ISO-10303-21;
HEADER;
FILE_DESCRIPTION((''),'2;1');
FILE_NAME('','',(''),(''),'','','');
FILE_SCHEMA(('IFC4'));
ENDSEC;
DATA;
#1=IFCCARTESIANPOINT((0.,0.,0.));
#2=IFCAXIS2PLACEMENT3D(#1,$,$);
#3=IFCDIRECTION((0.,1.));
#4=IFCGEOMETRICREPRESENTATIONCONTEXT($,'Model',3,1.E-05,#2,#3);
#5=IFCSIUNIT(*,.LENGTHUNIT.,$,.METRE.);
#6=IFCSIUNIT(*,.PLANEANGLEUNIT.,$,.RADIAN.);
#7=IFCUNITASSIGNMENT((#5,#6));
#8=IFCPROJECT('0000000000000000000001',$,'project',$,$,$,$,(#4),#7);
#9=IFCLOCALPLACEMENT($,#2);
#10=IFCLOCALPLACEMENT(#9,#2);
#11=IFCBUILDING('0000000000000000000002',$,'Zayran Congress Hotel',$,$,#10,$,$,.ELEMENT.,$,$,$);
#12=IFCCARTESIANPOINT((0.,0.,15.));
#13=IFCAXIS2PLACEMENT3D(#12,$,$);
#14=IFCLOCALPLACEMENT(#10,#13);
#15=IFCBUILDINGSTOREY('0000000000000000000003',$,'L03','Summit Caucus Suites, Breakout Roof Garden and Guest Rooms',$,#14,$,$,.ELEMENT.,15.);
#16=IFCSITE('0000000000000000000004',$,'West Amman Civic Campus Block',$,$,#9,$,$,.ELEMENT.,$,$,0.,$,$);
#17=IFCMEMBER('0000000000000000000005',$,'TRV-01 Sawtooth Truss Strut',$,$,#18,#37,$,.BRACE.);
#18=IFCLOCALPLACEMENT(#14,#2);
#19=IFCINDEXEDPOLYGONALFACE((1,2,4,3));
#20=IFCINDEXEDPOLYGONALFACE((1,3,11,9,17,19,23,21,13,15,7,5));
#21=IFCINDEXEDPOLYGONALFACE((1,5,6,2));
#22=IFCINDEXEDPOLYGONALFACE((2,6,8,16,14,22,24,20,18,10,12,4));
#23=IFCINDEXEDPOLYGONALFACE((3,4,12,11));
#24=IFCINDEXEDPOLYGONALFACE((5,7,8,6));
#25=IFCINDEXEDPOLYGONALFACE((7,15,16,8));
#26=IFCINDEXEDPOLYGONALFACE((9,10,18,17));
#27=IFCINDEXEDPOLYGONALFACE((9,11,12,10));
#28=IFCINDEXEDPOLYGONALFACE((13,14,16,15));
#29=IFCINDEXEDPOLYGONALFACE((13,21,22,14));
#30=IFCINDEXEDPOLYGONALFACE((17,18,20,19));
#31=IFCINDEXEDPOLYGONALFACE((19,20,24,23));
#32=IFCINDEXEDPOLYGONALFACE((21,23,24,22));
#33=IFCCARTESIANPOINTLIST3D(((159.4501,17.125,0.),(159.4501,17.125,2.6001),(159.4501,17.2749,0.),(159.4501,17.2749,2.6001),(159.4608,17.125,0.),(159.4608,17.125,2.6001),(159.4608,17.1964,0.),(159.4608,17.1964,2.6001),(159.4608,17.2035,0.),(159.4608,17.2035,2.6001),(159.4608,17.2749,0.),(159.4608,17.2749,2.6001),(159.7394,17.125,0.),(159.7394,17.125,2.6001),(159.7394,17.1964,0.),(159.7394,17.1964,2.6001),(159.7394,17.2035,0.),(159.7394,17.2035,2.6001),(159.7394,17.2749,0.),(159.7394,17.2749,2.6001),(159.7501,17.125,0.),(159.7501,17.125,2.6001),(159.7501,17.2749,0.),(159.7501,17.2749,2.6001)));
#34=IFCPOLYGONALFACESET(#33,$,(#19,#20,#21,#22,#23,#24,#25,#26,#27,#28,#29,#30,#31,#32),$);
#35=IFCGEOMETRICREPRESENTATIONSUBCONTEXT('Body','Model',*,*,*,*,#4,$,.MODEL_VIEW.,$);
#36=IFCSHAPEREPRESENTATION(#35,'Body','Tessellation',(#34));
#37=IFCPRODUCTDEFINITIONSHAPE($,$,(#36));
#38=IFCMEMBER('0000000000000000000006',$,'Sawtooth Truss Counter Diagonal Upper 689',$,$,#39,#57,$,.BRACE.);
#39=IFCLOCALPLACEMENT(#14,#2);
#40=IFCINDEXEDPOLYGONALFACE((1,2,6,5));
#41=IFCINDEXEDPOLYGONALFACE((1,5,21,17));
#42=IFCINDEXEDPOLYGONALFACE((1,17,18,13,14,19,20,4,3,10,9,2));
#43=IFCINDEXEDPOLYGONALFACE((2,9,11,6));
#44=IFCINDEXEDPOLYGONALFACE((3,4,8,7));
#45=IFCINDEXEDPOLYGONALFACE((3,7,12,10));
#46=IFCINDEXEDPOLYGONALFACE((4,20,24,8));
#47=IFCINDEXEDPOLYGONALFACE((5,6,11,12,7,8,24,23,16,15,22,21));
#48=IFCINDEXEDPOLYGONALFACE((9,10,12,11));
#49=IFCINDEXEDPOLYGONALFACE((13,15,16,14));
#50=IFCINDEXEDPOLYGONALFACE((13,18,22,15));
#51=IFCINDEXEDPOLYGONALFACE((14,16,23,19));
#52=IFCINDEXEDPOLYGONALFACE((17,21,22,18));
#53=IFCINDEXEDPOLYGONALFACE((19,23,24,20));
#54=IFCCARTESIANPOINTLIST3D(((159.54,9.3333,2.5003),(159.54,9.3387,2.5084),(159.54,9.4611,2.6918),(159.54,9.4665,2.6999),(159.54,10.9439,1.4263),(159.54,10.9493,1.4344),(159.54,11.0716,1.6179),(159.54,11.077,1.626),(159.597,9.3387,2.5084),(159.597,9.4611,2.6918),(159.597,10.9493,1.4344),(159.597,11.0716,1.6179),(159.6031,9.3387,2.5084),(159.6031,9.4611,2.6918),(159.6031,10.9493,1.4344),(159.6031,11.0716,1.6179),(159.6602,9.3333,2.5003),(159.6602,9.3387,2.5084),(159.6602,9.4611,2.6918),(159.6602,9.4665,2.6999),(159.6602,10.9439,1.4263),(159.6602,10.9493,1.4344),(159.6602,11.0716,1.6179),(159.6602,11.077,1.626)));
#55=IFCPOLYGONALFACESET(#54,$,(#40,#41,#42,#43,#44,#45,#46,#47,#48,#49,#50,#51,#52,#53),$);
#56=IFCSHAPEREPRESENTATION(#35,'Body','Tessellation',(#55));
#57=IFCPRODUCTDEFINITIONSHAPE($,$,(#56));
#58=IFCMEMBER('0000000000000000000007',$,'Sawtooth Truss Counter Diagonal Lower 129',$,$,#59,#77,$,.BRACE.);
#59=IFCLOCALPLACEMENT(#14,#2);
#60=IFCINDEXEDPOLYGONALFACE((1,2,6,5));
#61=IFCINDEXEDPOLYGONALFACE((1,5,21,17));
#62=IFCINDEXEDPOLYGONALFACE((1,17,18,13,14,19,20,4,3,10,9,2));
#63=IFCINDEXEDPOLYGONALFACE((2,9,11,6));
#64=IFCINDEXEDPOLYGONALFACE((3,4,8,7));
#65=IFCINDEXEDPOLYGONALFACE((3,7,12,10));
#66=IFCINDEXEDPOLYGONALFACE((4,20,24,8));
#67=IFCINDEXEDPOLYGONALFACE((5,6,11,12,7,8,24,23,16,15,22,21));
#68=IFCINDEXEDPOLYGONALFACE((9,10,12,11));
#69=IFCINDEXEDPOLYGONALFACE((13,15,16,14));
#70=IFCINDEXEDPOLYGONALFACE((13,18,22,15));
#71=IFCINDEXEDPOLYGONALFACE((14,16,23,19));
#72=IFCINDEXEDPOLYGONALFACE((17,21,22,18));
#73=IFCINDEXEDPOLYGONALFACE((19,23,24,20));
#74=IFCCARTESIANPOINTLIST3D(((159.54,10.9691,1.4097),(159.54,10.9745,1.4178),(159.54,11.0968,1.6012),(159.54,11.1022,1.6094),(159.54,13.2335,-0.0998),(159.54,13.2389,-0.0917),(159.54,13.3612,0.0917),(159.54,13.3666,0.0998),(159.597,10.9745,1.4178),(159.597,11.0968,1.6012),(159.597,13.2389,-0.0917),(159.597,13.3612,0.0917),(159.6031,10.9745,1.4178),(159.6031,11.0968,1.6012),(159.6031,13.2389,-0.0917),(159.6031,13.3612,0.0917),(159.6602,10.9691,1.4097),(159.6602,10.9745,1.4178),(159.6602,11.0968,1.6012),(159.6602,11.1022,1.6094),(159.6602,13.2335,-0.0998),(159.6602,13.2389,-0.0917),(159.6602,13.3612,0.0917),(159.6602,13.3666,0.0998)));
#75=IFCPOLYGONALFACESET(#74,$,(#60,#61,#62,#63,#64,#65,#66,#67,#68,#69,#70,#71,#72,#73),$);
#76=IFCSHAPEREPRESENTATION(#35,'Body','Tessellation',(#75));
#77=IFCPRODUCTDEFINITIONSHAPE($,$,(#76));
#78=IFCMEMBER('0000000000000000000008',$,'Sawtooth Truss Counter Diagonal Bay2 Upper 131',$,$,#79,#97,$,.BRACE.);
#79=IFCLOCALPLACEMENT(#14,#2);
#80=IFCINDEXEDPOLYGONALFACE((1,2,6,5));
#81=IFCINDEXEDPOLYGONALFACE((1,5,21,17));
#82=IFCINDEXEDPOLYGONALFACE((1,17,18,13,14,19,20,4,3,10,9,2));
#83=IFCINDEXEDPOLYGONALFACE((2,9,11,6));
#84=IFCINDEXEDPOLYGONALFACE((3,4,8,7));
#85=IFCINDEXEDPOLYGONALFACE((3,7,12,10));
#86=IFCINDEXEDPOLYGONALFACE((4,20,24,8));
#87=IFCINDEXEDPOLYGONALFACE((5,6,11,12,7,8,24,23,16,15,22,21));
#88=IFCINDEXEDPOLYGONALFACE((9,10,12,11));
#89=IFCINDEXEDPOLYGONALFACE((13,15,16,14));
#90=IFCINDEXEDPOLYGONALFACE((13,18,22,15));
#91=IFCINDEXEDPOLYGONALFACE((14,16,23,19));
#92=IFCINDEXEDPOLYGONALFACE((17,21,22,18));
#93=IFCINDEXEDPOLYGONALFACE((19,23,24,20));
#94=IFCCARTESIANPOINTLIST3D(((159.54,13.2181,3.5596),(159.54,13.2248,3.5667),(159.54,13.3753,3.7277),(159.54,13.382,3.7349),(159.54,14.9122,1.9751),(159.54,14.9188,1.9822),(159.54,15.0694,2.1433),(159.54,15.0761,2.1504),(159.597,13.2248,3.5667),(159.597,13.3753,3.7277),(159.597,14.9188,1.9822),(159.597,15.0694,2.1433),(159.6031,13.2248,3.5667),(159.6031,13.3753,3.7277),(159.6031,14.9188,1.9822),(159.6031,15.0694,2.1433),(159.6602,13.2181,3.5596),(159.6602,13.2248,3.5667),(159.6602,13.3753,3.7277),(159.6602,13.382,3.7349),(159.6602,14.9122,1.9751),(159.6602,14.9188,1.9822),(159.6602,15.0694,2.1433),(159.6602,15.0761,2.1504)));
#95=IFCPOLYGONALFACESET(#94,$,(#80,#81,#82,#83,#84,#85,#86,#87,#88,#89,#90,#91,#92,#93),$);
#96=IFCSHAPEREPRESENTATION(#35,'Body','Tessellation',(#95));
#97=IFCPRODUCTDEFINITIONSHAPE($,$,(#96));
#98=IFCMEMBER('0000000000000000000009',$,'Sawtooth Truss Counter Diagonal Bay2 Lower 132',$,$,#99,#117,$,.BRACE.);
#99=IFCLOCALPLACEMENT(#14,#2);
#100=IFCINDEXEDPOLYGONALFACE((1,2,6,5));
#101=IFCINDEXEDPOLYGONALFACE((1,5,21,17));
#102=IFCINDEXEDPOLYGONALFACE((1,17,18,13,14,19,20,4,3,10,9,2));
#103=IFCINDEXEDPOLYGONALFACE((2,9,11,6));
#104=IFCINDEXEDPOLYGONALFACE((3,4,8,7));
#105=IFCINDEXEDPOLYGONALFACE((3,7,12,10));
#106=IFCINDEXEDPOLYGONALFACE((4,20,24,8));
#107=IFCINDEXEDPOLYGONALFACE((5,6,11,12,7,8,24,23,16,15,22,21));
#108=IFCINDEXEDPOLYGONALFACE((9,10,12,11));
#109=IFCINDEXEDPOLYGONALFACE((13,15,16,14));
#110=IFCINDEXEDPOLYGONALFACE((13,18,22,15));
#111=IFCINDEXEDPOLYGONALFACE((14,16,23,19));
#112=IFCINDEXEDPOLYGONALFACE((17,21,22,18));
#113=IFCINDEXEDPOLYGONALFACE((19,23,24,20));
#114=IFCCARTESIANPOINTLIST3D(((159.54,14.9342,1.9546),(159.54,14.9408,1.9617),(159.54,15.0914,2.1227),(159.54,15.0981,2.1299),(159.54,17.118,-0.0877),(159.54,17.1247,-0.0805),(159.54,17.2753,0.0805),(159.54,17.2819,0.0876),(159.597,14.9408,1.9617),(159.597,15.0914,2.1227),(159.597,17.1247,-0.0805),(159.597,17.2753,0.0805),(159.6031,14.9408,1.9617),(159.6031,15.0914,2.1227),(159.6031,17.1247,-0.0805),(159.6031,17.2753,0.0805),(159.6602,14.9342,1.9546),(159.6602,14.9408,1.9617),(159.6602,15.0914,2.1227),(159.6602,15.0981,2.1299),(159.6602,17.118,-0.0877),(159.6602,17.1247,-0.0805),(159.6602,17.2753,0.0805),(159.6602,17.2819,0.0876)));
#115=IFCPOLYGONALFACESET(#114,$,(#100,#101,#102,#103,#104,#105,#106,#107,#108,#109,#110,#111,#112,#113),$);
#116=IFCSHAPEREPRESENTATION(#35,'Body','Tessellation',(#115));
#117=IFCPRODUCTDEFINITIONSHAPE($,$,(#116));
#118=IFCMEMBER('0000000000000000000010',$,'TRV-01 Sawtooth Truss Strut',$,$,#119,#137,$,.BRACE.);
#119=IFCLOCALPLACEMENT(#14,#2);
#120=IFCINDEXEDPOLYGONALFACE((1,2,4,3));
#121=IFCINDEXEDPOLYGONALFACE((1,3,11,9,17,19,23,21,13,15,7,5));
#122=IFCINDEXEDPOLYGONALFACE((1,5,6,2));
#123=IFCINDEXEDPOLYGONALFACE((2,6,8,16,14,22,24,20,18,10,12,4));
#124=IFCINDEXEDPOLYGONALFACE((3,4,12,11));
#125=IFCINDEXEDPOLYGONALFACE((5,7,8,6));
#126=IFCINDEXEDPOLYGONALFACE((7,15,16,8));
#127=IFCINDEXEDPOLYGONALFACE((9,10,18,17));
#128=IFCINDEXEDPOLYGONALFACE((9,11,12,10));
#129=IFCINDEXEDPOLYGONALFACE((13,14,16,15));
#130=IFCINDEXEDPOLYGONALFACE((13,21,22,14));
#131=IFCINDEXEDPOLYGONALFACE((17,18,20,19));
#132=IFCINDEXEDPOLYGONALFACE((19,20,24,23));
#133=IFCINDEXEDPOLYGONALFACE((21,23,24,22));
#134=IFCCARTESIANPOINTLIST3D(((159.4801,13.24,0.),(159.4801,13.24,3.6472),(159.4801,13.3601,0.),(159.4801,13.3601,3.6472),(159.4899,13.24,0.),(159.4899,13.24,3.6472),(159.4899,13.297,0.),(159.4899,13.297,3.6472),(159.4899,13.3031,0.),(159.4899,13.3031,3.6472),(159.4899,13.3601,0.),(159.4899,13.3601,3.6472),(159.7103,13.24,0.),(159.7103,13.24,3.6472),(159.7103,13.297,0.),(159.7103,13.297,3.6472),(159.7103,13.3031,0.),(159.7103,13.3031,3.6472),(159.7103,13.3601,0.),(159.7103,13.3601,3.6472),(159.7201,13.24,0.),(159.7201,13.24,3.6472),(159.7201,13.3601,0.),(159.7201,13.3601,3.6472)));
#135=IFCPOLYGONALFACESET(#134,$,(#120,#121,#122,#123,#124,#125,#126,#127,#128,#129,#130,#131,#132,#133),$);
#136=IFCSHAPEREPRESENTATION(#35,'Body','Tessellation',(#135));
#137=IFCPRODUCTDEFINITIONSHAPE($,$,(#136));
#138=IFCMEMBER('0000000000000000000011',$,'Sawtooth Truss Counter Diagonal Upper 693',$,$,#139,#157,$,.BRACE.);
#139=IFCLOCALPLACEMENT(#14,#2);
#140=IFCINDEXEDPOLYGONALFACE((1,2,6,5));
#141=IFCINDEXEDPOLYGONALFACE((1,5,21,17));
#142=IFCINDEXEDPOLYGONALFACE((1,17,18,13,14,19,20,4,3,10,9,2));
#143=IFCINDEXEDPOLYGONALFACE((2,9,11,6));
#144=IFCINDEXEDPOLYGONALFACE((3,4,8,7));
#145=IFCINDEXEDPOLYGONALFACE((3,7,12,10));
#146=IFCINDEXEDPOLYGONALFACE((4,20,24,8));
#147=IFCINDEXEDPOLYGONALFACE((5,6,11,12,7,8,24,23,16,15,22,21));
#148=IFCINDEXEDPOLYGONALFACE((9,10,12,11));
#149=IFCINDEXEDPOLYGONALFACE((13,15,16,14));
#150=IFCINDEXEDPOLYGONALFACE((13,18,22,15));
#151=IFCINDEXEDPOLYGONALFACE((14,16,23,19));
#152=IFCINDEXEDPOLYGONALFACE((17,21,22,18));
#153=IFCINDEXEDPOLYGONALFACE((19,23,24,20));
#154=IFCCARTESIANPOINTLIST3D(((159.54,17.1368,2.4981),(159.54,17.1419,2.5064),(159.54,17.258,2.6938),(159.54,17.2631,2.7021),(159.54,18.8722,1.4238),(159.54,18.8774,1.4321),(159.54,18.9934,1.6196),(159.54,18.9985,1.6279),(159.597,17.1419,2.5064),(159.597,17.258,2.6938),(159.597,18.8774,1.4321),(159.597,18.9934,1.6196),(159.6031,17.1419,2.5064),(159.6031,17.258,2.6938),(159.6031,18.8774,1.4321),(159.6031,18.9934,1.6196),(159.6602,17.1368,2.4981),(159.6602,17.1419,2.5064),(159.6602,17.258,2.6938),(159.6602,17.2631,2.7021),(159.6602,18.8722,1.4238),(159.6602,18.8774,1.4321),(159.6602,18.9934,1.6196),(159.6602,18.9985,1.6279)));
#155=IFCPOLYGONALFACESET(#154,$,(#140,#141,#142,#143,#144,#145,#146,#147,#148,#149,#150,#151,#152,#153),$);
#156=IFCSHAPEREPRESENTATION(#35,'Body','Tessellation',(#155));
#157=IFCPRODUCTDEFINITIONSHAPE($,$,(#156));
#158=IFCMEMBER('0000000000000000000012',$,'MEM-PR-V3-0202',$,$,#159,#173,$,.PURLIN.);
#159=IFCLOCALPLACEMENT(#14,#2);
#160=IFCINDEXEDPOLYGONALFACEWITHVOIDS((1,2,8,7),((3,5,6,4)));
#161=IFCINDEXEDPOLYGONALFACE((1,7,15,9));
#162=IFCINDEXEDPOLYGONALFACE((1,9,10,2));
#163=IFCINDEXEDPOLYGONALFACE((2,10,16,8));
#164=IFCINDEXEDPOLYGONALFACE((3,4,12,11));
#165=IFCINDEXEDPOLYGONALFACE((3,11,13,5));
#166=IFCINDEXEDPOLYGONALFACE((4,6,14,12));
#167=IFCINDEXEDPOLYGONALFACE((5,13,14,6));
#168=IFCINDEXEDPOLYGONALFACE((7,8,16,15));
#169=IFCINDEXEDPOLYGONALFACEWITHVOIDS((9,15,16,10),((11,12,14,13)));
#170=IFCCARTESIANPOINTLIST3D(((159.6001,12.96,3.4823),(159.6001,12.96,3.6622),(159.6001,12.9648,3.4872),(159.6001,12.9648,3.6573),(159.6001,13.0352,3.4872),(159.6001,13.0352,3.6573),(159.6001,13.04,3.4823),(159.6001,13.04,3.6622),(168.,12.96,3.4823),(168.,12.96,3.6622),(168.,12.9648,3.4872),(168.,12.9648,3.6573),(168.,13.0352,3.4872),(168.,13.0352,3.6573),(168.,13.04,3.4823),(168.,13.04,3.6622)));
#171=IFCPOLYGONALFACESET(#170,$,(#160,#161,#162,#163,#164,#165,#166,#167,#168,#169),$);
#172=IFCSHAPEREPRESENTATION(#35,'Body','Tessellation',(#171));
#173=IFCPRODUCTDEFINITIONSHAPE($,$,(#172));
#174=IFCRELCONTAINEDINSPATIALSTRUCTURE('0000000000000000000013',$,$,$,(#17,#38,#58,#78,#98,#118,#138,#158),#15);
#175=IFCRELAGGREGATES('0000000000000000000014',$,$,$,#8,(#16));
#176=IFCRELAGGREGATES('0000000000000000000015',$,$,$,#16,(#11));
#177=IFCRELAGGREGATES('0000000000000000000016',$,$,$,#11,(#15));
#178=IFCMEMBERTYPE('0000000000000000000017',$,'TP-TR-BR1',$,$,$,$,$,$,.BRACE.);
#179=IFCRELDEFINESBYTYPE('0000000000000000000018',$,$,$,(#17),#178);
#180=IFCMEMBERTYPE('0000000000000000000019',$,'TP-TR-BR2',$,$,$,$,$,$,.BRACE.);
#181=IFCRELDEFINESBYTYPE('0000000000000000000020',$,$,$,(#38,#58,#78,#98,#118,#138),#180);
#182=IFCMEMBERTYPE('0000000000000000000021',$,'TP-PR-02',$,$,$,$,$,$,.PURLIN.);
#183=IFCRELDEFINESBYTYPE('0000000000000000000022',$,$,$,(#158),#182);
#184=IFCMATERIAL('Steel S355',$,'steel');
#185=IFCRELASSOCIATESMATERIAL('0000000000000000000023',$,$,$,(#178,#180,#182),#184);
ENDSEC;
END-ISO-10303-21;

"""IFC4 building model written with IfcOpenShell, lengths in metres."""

from ifc_helpers import new_model, si_unit, direction, frame, origin, origin_2d, place, context, subcontext, project, spatial, hollow_rectangle, i_section, extrude, material, material_profile, profile_set, type_object, element, save


model = new_model("IFC4")

# Units and contexts
model_context = context("Model", 3, precision=1e-05, world=origin(), true_north=direction((0.0, 1.0)))
body_context = subcontext(model_context, "Body", "Model", "MODEL_VIEW")
ifc_project = project(units=[si_unit("LENGTHUNIT", "METRE"), si_unit("PLANEANGLEUNIT", "RADIAN")], contexts=[model_context])

# Site, building, storey
site_placement = place(None, origin())
site = spatial("IfcSite", under=ifc_project, at=site_placement, Name="West Amman Civic Campus Block", CompositionType="ELEMENT", RefElevation=0.0)
building_placement = place(site_placement, origin())
building = spatial("IfcBuilding", under=site, at=building_placement, Name="Zayran Congress Hotel", CompositionType="ELEMENT")
storey_placement = place(building_placement, frame((0.0, 0.0, 15.0)))
storey = spatial("IfcBuildingStorey", under=building, at=storey_placement, Name="L03", Description="Summit Caucus Suites, Breakout Roof Garden and Guest Rooms", CompositionType="ELEMENT", Elevation=15.0)

# Shared definitions
ifc_material_1 = material(Name="Steel S355", Category="steel")

# Members
ifc_material_profile_1 = material_profile(ifc_material_1, i_section(OverallWidth=0.1499, OverallDepth=0.3, WebThickness=0.0071, FlangeThickness=0.0107, at=origin_2d()), Name="IPE 300")
ifc_profile_set_1 = profile_set([ifc_material_profile_1], Name="Steel S355")
member_type_1 = type_object("IfcMemberType", Name="TP-TR-BR1", PredefinedType="BRACE", material=ifc_profile_set_1)
member_1_placement = place(storey_placement, frame((159.6001, 17.2, 0.0), z_axis=(0.0, 0.0, 1.0), x_axis=(0.0, 1.0, 0.0)))
element("IfcMember", 1, at=member_1_placement, inside=storey, type_object=member_type_1, Name="TRV-01 Sawtooth Truss Strut", PredefinedType="BRACE", context=body_context, shape_type="SweptSolid", body=[
    extrude(i_section(OverallWidth=0.1499, OverallDepth=0.3, WebThickness=0.0071, FlangeThickness=0.0107, at=origin_2d()), origin(), (0.0, 0.0, 1.0), 2.6001),
])
ifc_material_profile_2 = material_profile(ifc_material_1, i_section(OverallWidth=0.1201, OverallDepth=0.24, WebThickness=0.0061, FlangeThickness=0.0098, at=origin_2d()), Name="IPE 240")
ifc_profile_set_2 = profile_set([ifc_material_profile_2], Name="Steel S355")
member_type_2 = type_object("IfcMemberType", Name="TP-TR-BR2", PredefinedType="BRACE", material=ifc_profile_set_2)
member_2_placement = place(storey_placement, frame((159.6001, 9.3999, 2.6001), z_axis=(0.0, 0.831992, -0.554788), x_axis=(-1.0, 0.0, 0.0)))
element("IfcMember", 2, at=member_2_placement, inside=storey, type_object=member_type_2, Name="Sawtooth Truss Counter Diagonal Upper 689", PredefinedType="BRACE", context=body_context, shape_type="SweptSolid", body=[
    extrude(i_section(OverallWidth=0.1201, OverallDepth=0.24, WebThickness=0.0061, FlangeThickness=0.0098, at=origin_2d()), origin(), (0.0, 0.0, 1.0), 1.9358),
])
member_3_placement = place(storey_placement, frame((159.6001, 11.0356, 1.5095), z_axis=(0.0, 0.832064, -0.554679), x_axis=(-1.0, 0.0, 0.0)))
element("IfcMember", 3, at=member_3_placement, inside=storey, type_object=member_type_2, Name="Sawtooth Truss Counter Diagonal Lower 129", PredefinedType="BRACE", context=body_context, shape_type="SweptSolid", body=[
    extrude(i_section(OverallWidth=0.1201, OverallDepth=0.24, WebThickness=0.0061, FlangeThickness=0.0098, at=origin_2d()), origin(), (0.0, 0.0, 1.0), 2.7214),
])
member_4_placement = place(storey_placement, frame((159.6001, 13.3, 3.6472), z_axis=(0.0, 0.730341, -0.683083), x_axis=(-1.0, 0.0, 0.0)))
element("IfcMember", 4, at=member_4_placement, inside=storey, type_object=member_type_2, Name="Sawtooth Truss Counter Diagonal Bay2 Upper 131", PredefinedType="BRACE", context=body_context, shape_type="SweptSolid", body=[
    extrude(i_section(OverallWidth=0.1201, OverallDepth=0.24, WebThickness=0.0061, FlangeThickness=0.0098, at=origin_2d()), origin(), (0.0, 0.0, 1.0), 2.3196),
])
member_5_placement = place(storey_placement, frame((159.6001, 15.0161, 2.0422), z_axis=(0.0, 0.73039, -0.683031), x_axis=(-1.0, 0.0, 0.0)))
element("IfcMember", 5, at=member_5_placement, inside=storey, type_object=member_type_2, Name="Sawtooth Truss Counter Diagonal Bay2 Lower 132", PredefinedType="BRACE", context=body_context, shape_type="SweptSolid", body=[
    extrude(i_section(OverallWidth=0.1201, OverallDepth=0.24, WebThickness=0.0061, FlangeThickness=0.0098, at=origin_2d()), origin(), (0.0, 0.0, 1.0), 2.99),
])
member_6_placement = place(storey_placement, frame((159.6001, 13.3, 0.0), z_axis=(0.0, 0.0, 1.0), x_axis=(0.0, 1.0, 0.0)))
element("IfcMember", 6, at=member_6_placement, inside=storey, type_object=member_type_2, Name="TRV-01 Sawtooth Truss Strut", PredefinedType="BRACE", context=body_context, shape_type="SweptSolid", body=[
    extrude(i_section(OverallWidth=0.1201, OverallDepth=0.24, WebThickness=0.0061, FlangeThickness=0.0098, at=origin_2d()), origin(), (0.0, 0.0, 1.0), 3.6472),
])
member_7_placement = place(storey_placement, frame((159.6001, 17.2, 2.6001), z_axis=(0.0, 0.850275, -0.526338), x_axis=(-1.0, 0.0, 0.0)))
element("IfcMember", 7, at=member_7_placement, inside=storey, type_object=member_type_2, Name="Sawtooth Truss Counter Diagonal Upper 693", PredefinedType="BRACE", context=body_context, shape_type="SweptSolid", body=[
    extrude(i_section(OverallWidth=0.1201, OverallDepth=0.24, WebThickness=0.0061, FlangeThickness=0.0098, at=origin_2d()), origin(), (0.0, 0.0, 1.0), 2.041),
])
ifc_material_profile_3 = material_profile(ifc_material_1, hollow_rectangle(XDim=0.0801, YDim=0.1799, WallThickness=0.0049, at=origin_2d()), Name="RHS 180x80x5")
ifc_profile_set_3 = profile_set([ifc_material_profile_3], Name="Steel S355")
member_type_3 = type_object("IfcMemberType", Name="TP-PR-02", PredefinedType="PURLIN", material=ifc_profile_set_3)
member_8_placement = place(storey_placement, frame((159.6001, 13.0, 3.5723), z_axis=(1.0, 0.0, 0.0), x_axis=(0.0, 1.0, 0.0)))
element("IfcMember", 8, at=member_8_placement, inside=storey, type_object=member_type_3, Name="MEM-PR-V3-0202", PredefinedType="PURLIN", context=body_context, shape_type="SweptSolid", body=[
    extrude(hollow_rectangle(XDim=0.0801, YDim=0.1799, WallThickness=0.0049, at=origin_2d()), origin(), (0.0, 0.0, 1.0), 8.3999),
])

save(model, "model.ifc")
